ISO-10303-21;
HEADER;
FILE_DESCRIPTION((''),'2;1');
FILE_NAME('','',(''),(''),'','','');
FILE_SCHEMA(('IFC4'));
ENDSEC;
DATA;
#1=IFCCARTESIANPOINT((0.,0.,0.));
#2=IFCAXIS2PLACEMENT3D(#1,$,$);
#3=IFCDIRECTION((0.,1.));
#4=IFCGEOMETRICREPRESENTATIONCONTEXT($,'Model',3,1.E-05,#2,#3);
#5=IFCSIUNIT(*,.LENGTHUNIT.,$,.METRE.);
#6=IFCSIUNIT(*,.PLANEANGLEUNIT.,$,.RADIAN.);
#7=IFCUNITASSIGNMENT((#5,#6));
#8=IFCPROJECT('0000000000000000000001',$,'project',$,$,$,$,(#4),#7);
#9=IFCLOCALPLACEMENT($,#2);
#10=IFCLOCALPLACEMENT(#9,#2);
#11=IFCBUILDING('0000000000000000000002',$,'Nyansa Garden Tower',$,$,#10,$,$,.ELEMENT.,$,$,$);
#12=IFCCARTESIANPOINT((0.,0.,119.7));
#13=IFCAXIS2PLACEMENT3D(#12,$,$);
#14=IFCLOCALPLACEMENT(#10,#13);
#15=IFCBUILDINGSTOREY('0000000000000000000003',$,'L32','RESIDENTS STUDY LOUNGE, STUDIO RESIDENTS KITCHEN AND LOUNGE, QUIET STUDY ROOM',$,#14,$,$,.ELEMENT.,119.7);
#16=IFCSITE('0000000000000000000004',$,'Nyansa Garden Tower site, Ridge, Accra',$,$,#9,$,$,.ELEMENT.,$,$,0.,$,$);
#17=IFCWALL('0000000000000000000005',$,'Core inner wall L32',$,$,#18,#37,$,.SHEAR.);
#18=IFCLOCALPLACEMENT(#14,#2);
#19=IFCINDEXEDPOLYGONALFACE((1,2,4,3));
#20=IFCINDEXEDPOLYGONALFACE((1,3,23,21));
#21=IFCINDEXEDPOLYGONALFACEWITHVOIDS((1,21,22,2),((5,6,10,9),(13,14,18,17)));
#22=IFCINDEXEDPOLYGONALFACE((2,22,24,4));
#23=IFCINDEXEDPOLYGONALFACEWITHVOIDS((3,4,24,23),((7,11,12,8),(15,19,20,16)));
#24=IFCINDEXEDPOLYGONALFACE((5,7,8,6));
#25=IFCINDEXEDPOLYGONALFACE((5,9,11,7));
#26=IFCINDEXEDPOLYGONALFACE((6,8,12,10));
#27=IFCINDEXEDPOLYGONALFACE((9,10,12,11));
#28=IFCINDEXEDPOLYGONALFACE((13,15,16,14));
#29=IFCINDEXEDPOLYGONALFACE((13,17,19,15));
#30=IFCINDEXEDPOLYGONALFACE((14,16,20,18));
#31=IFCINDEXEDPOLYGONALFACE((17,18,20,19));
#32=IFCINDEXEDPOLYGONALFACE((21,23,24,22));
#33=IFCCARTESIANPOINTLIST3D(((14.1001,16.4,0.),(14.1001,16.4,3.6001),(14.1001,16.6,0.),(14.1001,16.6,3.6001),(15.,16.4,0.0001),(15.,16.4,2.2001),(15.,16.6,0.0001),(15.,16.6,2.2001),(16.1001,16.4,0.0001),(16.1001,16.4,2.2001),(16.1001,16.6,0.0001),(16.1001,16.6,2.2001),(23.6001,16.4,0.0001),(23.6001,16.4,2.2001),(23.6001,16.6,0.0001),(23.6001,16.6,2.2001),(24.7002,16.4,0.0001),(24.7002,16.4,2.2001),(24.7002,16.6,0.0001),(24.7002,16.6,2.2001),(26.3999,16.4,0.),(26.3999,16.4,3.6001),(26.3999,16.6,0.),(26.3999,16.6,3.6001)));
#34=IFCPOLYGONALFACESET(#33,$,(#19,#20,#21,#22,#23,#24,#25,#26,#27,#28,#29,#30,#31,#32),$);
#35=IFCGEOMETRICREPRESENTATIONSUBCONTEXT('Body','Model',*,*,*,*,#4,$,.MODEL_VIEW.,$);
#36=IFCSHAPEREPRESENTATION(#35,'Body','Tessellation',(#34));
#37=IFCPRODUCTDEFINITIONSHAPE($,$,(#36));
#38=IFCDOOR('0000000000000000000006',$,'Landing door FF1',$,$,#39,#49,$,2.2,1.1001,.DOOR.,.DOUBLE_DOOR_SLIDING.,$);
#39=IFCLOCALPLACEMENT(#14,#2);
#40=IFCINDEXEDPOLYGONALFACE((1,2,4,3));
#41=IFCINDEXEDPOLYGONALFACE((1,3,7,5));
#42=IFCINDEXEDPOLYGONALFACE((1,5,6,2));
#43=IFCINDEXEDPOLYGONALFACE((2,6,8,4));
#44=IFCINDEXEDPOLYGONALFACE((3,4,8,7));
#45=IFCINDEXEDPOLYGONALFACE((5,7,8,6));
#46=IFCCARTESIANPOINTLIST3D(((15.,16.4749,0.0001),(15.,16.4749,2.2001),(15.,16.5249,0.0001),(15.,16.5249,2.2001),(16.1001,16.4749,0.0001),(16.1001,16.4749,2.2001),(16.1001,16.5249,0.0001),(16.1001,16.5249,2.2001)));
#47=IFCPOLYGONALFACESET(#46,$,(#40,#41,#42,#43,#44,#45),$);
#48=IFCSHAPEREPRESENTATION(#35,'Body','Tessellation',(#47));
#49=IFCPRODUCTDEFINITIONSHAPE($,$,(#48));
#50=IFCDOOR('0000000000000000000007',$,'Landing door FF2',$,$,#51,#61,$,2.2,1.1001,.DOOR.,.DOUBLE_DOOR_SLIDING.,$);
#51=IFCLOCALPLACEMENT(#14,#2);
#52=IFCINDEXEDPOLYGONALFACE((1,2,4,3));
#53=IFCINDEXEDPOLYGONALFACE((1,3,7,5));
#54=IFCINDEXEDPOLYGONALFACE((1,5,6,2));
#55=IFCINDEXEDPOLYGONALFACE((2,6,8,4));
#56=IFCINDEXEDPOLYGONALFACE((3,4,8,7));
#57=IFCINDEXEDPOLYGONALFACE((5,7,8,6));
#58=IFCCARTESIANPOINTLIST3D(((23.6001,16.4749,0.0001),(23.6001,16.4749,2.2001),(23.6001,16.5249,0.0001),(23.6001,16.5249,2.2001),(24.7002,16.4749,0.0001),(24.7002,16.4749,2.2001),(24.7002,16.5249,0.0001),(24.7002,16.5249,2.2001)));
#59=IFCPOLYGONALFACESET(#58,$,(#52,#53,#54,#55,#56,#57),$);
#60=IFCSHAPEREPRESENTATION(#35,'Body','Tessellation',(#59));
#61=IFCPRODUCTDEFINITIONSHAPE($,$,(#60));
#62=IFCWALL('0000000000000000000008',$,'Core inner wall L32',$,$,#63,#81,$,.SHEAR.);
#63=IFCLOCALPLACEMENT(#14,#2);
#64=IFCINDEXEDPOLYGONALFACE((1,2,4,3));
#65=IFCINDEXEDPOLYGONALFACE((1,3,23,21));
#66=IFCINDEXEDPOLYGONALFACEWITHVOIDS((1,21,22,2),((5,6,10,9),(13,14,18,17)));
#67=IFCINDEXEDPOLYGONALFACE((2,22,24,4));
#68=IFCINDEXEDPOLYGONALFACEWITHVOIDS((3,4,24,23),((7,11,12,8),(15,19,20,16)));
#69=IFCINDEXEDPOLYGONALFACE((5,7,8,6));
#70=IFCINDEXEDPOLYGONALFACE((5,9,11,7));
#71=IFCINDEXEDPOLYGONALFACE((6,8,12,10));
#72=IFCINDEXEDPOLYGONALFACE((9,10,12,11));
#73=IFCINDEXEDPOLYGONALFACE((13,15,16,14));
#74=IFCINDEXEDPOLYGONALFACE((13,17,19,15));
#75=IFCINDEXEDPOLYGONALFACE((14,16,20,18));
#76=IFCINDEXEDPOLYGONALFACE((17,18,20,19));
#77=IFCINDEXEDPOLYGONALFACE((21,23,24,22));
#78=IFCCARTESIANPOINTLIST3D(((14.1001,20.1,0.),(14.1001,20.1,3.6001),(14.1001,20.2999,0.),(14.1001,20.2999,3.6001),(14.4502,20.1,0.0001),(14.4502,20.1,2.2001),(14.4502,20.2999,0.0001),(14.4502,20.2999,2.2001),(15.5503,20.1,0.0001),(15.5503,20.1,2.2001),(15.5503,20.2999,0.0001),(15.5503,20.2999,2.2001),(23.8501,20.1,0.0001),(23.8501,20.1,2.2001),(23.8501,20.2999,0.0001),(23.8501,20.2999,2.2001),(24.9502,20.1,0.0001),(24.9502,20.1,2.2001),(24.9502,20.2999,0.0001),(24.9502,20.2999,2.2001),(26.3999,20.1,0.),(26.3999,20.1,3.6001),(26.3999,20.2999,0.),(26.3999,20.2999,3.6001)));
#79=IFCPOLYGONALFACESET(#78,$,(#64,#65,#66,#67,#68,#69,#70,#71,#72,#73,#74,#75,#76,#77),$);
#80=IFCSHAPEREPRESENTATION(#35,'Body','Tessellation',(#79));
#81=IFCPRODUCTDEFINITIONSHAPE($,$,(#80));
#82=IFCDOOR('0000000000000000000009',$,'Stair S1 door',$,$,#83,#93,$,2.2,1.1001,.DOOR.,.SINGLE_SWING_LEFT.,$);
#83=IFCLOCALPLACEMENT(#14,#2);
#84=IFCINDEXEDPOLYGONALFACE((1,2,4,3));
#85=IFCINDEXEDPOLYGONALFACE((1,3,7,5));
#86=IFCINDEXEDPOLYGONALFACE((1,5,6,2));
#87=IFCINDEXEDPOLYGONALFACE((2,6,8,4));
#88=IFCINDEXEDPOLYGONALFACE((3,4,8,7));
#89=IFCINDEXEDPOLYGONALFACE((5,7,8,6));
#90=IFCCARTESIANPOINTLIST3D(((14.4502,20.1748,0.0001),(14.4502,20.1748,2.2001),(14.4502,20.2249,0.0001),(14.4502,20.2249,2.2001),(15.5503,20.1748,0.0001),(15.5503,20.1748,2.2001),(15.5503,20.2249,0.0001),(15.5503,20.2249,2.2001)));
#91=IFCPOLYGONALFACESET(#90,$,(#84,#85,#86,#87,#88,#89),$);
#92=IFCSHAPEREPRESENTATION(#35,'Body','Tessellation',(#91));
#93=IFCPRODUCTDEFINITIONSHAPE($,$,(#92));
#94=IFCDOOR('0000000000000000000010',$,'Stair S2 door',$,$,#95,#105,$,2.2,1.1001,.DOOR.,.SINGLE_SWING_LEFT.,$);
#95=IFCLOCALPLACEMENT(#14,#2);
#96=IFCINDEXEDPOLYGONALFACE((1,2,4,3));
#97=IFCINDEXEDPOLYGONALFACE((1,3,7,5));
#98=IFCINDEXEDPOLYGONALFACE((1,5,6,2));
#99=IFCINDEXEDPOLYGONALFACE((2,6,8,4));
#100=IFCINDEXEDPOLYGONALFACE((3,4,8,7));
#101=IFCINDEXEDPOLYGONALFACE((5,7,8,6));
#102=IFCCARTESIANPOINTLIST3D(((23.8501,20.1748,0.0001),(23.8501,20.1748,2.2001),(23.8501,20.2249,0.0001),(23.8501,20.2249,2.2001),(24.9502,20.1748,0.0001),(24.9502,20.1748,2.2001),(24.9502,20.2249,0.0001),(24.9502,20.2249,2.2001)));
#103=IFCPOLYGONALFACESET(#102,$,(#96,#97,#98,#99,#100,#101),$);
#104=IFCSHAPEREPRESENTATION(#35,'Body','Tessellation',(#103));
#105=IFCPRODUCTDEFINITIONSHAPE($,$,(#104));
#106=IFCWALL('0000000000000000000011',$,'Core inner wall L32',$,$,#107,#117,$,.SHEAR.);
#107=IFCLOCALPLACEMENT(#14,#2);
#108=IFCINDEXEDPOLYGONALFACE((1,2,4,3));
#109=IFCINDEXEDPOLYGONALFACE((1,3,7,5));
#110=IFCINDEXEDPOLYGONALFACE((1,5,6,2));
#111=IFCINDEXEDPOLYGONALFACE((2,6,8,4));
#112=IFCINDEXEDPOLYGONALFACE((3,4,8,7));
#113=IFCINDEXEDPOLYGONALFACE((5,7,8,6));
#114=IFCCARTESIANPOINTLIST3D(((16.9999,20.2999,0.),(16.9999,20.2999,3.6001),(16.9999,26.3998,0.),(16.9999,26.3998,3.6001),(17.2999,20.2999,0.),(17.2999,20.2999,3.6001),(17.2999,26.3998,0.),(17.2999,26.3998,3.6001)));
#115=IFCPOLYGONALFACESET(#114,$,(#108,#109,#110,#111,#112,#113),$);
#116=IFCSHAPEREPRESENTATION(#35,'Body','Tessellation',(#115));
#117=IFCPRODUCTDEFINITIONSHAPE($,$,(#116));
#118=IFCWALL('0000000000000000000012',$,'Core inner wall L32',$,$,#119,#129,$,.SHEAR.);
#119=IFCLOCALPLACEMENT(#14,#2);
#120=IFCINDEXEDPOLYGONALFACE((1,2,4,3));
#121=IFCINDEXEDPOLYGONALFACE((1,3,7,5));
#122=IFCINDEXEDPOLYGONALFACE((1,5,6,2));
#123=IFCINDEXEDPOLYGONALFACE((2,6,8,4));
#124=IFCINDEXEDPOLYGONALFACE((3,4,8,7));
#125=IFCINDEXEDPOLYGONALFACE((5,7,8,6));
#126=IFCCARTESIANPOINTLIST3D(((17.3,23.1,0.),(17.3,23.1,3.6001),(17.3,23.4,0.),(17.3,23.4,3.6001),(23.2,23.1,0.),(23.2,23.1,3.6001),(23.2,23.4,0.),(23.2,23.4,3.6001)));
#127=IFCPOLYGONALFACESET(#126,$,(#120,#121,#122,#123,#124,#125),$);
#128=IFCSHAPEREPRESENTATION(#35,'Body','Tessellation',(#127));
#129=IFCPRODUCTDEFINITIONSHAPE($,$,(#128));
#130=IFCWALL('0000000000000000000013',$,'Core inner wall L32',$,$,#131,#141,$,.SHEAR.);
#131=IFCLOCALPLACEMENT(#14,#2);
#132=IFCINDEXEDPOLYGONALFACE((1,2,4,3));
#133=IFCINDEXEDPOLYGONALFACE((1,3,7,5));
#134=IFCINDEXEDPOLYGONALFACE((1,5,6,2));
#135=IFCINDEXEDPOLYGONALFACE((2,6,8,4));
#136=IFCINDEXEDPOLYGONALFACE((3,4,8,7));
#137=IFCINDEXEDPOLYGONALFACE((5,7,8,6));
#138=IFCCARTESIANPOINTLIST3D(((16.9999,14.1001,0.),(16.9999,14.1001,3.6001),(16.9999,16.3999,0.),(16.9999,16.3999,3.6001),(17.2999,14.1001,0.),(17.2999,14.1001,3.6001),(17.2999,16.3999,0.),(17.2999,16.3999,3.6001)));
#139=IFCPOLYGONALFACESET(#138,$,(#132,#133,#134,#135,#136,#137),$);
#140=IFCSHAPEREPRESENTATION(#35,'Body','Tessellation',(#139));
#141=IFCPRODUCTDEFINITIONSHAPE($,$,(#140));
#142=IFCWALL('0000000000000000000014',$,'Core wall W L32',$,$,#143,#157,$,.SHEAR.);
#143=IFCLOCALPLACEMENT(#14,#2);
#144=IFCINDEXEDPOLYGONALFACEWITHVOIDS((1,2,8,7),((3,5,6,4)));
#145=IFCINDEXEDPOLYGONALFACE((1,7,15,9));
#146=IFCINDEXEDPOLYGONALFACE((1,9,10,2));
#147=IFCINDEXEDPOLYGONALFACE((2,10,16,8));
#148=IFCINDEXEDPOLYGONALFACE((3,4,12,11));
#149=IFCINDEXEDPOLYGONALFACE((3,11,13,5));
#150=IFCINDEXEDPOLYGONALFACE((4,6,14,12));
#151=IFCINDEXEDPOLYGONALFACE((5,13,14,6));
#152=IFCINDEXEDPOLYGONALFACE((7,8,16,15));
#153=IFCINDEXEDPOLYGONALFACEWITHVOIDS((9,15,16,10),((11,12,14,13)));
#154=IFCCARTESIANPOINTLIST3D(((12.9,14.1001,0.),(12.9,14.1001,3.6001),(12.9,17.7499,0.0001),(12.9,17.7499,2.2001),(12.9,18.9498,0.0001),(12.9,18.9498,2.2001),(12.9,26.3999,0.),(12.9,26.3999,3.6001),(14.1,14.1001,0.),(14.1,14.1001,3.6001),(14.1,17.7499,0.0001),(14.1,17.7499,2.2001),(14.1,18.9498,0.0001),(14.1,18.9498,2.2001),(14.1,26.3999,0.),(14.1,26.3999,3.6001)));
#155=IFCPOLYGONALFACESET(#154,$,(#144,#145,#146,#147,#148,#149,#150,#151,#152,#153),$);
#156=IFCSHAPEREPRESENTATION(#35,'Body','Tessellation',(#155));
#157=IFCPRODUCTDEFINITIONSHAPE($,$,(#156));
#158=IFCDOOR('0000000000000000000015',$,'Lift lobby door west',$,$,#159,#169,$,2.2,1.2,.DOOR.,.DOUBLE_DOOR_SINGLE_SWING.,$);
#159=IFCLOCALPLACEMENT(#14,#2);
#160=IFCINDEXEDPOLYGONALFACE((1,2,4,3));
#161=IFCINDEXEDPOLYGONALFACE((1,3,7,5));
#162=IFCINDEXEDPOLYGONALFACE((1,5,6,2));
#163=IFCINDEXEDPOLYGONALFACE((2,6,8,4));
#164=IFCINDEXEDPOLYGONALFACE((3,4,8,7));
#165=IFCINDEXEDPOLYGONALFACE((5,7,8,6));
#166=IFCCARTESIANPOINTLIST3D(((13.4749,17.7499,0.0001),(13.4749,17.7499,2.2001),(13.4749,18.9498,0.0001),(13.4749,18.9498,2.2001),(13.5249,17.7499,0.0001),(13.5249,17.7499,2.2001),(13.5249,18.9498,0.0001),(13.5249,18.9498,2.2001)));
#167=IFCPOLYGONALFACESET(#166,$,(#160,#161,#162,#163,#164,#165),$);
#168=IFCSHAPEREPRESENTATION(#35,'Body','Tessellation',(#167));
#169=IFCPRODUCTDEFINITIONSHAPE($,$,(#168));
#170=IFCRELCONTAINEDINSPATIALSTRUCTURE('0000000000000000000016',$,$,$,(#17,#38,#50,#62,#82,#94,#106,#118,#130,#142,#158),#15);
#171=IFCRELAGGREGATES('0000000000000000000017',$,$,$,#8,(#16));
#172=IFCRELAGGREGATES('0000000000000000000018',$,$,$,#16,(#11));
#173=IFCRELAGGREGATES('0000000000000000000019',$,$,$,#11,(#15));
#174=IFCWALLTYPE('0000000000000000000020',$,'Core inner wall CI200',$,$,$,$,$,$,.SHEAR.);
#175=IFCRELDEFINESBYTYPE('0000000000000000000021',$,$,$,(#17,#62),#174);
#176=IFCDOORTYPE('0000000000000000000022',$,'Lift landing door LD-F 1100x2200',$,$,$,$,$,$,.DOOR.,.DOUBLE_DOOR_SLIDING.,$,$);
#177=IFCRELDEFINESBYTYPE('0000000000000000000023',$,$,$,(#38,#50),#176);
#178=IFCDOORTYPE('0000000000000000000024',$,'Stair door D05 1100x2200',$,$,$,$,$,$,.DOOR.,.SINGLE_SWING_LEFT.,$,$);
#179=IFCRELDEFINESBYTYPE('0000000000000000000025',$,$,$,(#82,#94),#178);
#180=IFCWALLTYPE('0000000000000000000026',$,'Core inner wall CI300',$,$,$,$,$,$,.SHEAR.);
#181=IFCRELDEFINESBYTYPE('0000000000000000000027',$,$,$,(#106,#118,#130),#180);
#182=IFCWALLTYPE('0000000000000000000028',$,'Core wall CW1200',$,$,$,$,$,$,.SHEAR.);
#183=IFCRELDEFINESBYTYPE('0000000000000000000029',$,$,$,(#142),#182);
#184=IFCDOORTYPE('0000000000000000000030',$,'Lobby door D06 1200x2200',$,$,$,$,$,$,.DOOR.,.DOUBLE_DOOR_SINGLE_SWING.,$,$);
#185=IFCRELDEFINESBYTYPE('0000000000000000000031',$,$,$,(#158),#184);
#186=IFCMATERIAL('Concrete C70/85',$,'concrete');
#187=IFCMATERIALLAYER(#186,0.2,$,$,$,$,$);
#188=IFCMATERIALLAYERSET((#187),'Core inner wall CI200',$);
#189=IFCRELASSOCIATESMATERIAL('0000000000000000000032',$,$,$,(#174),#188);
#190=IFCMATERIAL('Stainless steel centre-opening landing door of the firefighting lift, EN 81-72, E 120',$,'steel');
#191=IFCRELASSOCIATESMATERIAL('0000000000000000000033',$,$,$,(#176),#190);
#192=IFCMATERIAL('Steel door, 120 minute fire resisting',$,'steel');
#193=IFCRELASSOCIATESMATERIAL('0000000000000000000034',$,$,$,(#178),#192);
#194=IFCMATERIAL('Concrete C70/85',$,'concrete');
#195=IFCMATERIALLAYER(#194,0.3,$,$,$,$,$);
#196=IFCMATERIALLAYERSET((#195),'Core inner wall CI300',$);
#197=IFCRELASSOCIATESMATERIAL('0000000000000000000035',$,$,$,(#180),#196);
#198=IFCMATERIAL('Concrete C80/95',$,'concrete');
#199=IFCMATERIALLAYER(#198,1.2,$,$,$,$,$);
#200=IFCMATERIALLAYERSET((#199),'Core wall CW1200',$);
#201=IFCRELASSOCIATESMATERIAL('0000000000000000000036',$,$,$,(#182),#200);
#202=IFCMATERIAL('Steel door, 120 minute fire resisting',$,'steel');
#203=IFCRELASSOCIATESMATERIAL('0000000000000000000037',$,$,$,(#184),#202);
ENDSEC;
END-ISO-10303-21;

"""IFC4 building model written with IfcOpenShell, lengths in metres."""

from ifc_helpers import new_model, si_unit, direction, frame, frame_2d, origin, place, context, subcontext, project, spatial, rectangle, extrude, material, layer, layer_set, type_object, element, fill, save


model = new_model("IFC4")

# Units and contexts
model_context = context("Model", 3, precision=1e-05, world=origin(), true_north=direction((0.0, 1.0)))
body_context = subcontext(model_context, "Body", "Model", "MODEL_VIEW")
ifc_project = project(units=[si_unit("LENGTHUNIT", "METRE"), si_unit("PLANEANGLEUNIT", "RADIAN")], contexts=[model_context])

# Site, building, storey
site_placement = place(None, origin())
site = spatial("IfcSite", under=ifc_project, at=site_placement, Name="Nyansa Garden Tower site, Ridge, Accra", CompositionType="ELEMENT", RefElevation=0.0)
building_placement = place(site_placement, origin())
building = spatial("IfcBuilding", under=site, at=building_placement, Name="Nyansa Garden Tower", CompositionType="ELEMENT")
storey_placement = place(building_placement, frame((0.0, 0.0, 119.7)))
storey = spatial("IfcBuildingStorey", under=building, at=storey_placement, Name="L32", Description="RESIDENTS STUDY LOUNGE, STUDIO RESIDENTS KITCHEN AND LOUNGE, QUIET STUDY ROOM", CompositionType="ELEMENT", Elevation=119.7)

# Walls, openings, doors
ifc_material_1 = material(Name="Concrete C70/85", Category="concrete")
ifc_layer_1 = layer(ifc_material_1, 0.2)
ifc_layer_set_1 = layer_set([ifc_layer_1], Name="Core inner wall CI200")
wall_type_1 = type_object("IfcWallType", Name="Core inner wall CI200", PredefinedType="SHEAR", material=ifc_layer_set_1)
wall_1_placement = place(storey_placement, frame((14.1001, 16.5, 0.0), z_axis=(0.0, 0.0, 1.0), x_axis=(1.0, 0.0, 0.0)))
wall_1 = element("IfcWall", 1, at=wall_1_placement, inside=storey, type_object=wall_type_1, Name="Core inner wall L32", PredefinedType="SHEAR", context=body_context, shape_type="SweptSolid", body=[
    extrude(rectangle(XDim=12.2998, YDim=0.2, at=frame_2d((6.1499, 0.0))), origin(), (0.0, 0.0, 1.0), 3.6001),
])
opening_1_placement = place(wall_1_placement, frame((0.8999, 0.0, 0.0)))
opening_1 = element("IfcOpeningElement", 2, at=opening_1_placement, cuts=wall_1, PredefinedType="OPENING", context=body_context, shape_type="SweptSolid", body=[
    extrude(rectangle(XDim=1.1001, YDim=2.2, at=frame_2d((0.55, 1.1001))), frame((0.0, 0.1099, 0.0), z_axis=(0.0, -1.0, 0.0), x_axis=(1.0, 0.0, 0.0)), (0.0, 0.0, 1.0), 0.22),
])
opening_2_placement = place(wall_1_placement, frame((9.5, 0.0, 0.0)))
opening_2 = element("IfcOpeningElement", 3, at=opening_2_placement, cuts=wall_1, PredefinedType="OPENING", context=body_context, shape_type="SweptSolid", body=[
    extrude(rectangle(XDim=1.1001, YDim=2.2, at=frame_2d((0.55, 1.1001))), frame((0.0, 0.1099, 0.0), z_axis=(0.0, -1.0, 0.0), x_axis=(1.0, 0.0, 0.0)), (0.0, 0.0, 1.0), 0.22),
])
ifc_material_2 = material(Name="Stainless steel centre-opening landing door of the firefighting lift, EN 81-72, E 120", Category="steel")
door_type_1 = type_object("IfcDoorType", Name="Lift landing door LD-F 1100x2200", OperationType="DOUBLE_DOOR_SLIDING", PredefinedType="DOOR", material=ifc_material_2)
door_1_placement = place(opening_1_placement, origin())
door_1 = element("IfcDoor", 4, at=door_1_placement, inside=storey, type_object=door_type_1, Name="Landing door FF1", OperationType="DOUBLE_DOOR_SLIDING", OverallHeight=2.2, OverallWidth=1.1001, PredefinedType="DOOR", context=body_context, shape_type="SweptSolid", body=[
    extrude(rectangle(XDim=1.1001, YDim=2.2, at=frame_2d((0.55, 1.1001))), frame((0.0, 0.0249, 0.0), z_axis=(0.0, -1.0, 0.0), x_axis=(1.0, 0.0, 0.0)), (0.0, 0.0, 1.0), 0.05),
])
fill(opening_1, door_1)
door_2_placement = place(opening_2_placement, origin())
door_2 = element("IfcDoor", 5, at=door_2_placement, inside=storey, type_object=door_type_1, Name="Landing door FF2", OperationType="DOUBLE_DOOR_SLIDING", OverallHeight=2.2, OverallWidth=1.1001, PredefinedType="DOOR", context=body_context, shape_type="SweptSolid", body=[
    extrude(rectangle(XDim=1.1001, YDim=2.2, at=frame_2d((0.55, 1.1001))), frame((0.0, 0.0249, 0.0), z_axis=(0.0, -1.0, 0.0), x_axis=(1.0, 0.0, 0.0)), (0.0, 0.0, 1.0), 0.05),
])
fill(opening_2, door_2)
wall_2_placement = place(storey_placement, frame((14.1001, 20.2, 0.0), z_axis=(0.0, 0.0, 1.0), x_axis=(1.0, 0.0, 0.0)))
wall_2 = element("IfcWall", 6, at=wall_2_placement, inside=storey, type_object=wall_type_1, Name="Core inner wall L32", PredefinedType="SHEAR", context=body_context, shape_type="SweptSolid", body=[
    extrude(rectangle(XDim=12.2998, YDim=0.2, at=frame_2d((6.1499, 0.0))), origin(), (0.0, 0.0, 1.0), 3.6001),
])
opening_3_placement = place(wall_2_placement, frame((0.3501, 0.0, 0.0)))
opening_3 = element("IfcOpeningElement", 7, at=opening_3_placement, cuts=wall_2, PredefinedType="OPENING", context=body_context, shape_type="SweptSolid", body=[
    extrude(rectangle(XDim=1.1001, YDim=2.2, at=frame_2d((0.55, 1.1001))), frame((0.0, 0.1099, 0.0), z_axis=(0.0, -1.0, 0.0), x_axis=(1.0, 0.0, 0.0)), (0.0, 0.0, 1.0), 0.22),
])
opening_4_placement = place(wall_2_placement, frame((9.75, 0.0, 0.0)))
opening_4 = element("IfcOpeningElement", 8, at=opening_4_placement, cuts=wall_2, PredefinedType="OPENING", context=body_context, shape_type="SweptSolid", body=[
    extrude(rectangle(XDim=1.1001, YDim=2.2, at=frame_2d((0.55, 1.1001))), frame((0.0, 0.1099, 0.0), z_axis=(0.0, -1.0, 0.0), x_axis=(1.0, 0.0, 0.0)), (0.0, 0.0, 1.0), 0.22),
])
ifc_material_3 = material(Name="Steel door, 120 minute fire resisting", Category="steel")
door_type_2 = type_object("IfcDoorType", Name="Stair door D05 1100x2200", OperationType="SINGLE_SWING_LEFT", PredefinedType="DOOR", material=ifc_material_3)
door_3_placement = place(opening_3_placement, origin())
door_3 = element("IfcDoor", 9, at=door_3_placement, inside=storey, type_object=door_type_2, Name="Stair S1 door", OperationType="SINGLE_SWING_LEFT", OverallHeight=2.2, OverallWidth=1.1001, PredefinedType="DOOR", context=body_context, shape_type="SweptSolid", body=[
    extrude(rectangle(XDim=1.1001, YDim=2.2, at=frame_2d((0.55, 1.1001))), frame((0.0, 0.0249, 0.0), z_axis=(0.0, -1.0, 0.0), x_axis=(1.0, 0.0, 0.0)), (0.0, 0.0, 1.0), 0.05),
])
fill(opening_3, door_3)
door_4_placement = place(opening_4_placement, origin())
door_4 = element("IfcDoor", 10, at=door_4_placement, inside=storey, type_object=door_type_2, Name="Stair S2 door", OperationType="SINGLE_SWING_LEFT", OverallHeight=2.2, OverallWidth=1.1001, PredefinedType="DOOR", context=body_context, shape_type="SweptSolid", body=[
    extrude(rectangle(XDim=1.1001, YDim=2.2, at=frame_2d((0.55, 1.1001))), frame((0.0, 0.0249, 0.0), z_axis=(0.0, -1.0, 0.0), x_axis=(1.0, 0.0, 0.0)), (0.0, 0.0, 1.0), 0.05),
])
fill(opening_4, door_4)

# Walls
ifc_material_4 = material(Name="Concrete C70/85", Category="concrete")
ifc_layer_2 = layer(ifc_material_4, 0.3)
ifc_layer_set_2 = layer_set([ifc_layer_2], Name="Core inner wall CI300")
wall_type_2 = type_object("IfcWallType", Name="Core inner wall CI300", PredefinedType="SHEAR", material=ifc_layer_set_2)
wall_3_placement = place(storey_placement, frame((17.1499, 20.3, 0.0), z_axis=(0.0, 0.0, 1.0), x_axis=(0.0, 1.0, 0.0)))
element("IfcWall", 11, at=wall_3_placement, inside=storey, type_object=wall_type_2, Name="Core inner wall L32", PredefinedType="SHEAR", context=body_context, shape_type="SweptSolid", body=[
    extrude(rectangle(XDim=6.0999, YDim=0.3, at=frame_2d((3.0498, 0.0))), origin(), (0.0, 0.0, 1.0), 3.6001),
])
wall_4_placement = place(storey_placement, frame((17.3, 23.25, 0.0), z_axis=(0.0, 0.0, 1.0), x_axis=(1.0, 0.0, 0.0)))
element("IfcWall", 12, at=wall_4_placement, inside=storey, type_object=wall_type_2, Name="Core inner wall L32", PredefinedType="SHEAR", context=body_context, shape_type="SweptSolid", body=[
    extrude(rectangle(XDim=5.8999, YDim=0.3, at=frame_2d((2.95, 0.0))), origin(), (0.0, 0.0, 1.0), 3.6001),
])
wall_5_placement = place(storey_placement, frame((17.1499, 14.1001, 0.0), z_axis=(0.0, 0.0, 1.0), x_axis=(0.0, 1.0, 0.0)))
element("IfcWall", 13, at=wall_5_placement, inside=storey, type_object=wall_type_2, Name="Core inner wall L32", PredefinedType="SHEAR", context=body_context, shape_type="SweptSolid", body=[
    extrude(rectangle(XDim=2.2998, YDim=0.3, at=frame_2d((1.1499, 0.0))), origin(), (0.0, 0.0, 1.0), 3.6001),
])

# Wall, opening, door
ifc_material_5 = material(Name="Concrete C80/95", Category="concrete")
ifc_layer_3 = layer(ifc_material_5, 1.2)
ifc_layer_set_3 = layer_set([ifc_layer_3], Name="Core wall CW1200")
wall_type_3 = type_object("IfcWallType", Name="Core wall CW1200", PredefinedType="SHEAR", material=ifc_layer_set_3)
wall_6_placement = place(storey_placement, frame((13.5, 26.3999, 0.0), z_axis=(0.0, 0.0, 1.0), x_axis=(0.0, -1.0, 0.0)))
wall_6 = element("IfcWall", 14, at=wall_6_placement, inside=storey, type_object=wall_type_3, Name="Core wall W L32", PredefinedType="SHEAR", context=body_context, shape_type="SweptSolid", body=[
    extrude(rectangle(XDim=12.2998, YDim=1.2, at=frame_2d((6.1499, 0.0))), origin(), (0.0, 0.0, 1.0), 3.6001),
])
opening_5_placement = place(wall_6_placement, frame((7.45, 0.0, 0.0)))
opening_5 = element("IfcOpeningElement", 15, at=opening_5_placement, cuts=wall_6, PredefinedType="OPENING", context=body_context, shape_type="SweptSolid", body=[
    extrude(rectangle(XDim=1.2, YDim=2.2, at=frame_2d((0.6001, 1.1001))), frame((0.0, 0.6099, 0.0), z_axis=(0.0, -1.0, 0.0), x_axis=(1.0, 0.0, 0.0)), (0.0, 0.0, 1.0), 1.22),
])
ifc_material_6 = material(Name="Steel door, 120 minute fire resisting", Category="steel")
door_type_3 = type_object("IfcDoorType", Name="Lobby door D06 1200x2200", OperationType="DOUBLE_DOOR_SINGLE_SWING", PredefinedType="DOOR", material=ifc_material_6)
door_5_placement = place(opening_5_placement, origin())
door_5 = element("IfcDoor", 16, at=door_5_placement, inside=storey, type_object=door_type_3, Name="Lift lobby door west", OperationType="DOUBLE_DOOR_SINGLE_SWING", OverallHeight=2.2, OverallWidth=1.2, PredefinedType="DOOR", context=body_context, shape_type="SweptSolid", body=[
    extrude(rectangle(XDim=1.2, YDim=2.2, at=frame_2d((0.6001, 1.1001))), frame((0.0, 0.0249, 0.0), z_axis=(0.0, -1.0, 0.0), x_axis=(1.0, 0.0, 0.0)), (0.0, 0.0, 1.0), 0.05),
])
fill(opening_5, door_5)

save(model, "model.ifc")
